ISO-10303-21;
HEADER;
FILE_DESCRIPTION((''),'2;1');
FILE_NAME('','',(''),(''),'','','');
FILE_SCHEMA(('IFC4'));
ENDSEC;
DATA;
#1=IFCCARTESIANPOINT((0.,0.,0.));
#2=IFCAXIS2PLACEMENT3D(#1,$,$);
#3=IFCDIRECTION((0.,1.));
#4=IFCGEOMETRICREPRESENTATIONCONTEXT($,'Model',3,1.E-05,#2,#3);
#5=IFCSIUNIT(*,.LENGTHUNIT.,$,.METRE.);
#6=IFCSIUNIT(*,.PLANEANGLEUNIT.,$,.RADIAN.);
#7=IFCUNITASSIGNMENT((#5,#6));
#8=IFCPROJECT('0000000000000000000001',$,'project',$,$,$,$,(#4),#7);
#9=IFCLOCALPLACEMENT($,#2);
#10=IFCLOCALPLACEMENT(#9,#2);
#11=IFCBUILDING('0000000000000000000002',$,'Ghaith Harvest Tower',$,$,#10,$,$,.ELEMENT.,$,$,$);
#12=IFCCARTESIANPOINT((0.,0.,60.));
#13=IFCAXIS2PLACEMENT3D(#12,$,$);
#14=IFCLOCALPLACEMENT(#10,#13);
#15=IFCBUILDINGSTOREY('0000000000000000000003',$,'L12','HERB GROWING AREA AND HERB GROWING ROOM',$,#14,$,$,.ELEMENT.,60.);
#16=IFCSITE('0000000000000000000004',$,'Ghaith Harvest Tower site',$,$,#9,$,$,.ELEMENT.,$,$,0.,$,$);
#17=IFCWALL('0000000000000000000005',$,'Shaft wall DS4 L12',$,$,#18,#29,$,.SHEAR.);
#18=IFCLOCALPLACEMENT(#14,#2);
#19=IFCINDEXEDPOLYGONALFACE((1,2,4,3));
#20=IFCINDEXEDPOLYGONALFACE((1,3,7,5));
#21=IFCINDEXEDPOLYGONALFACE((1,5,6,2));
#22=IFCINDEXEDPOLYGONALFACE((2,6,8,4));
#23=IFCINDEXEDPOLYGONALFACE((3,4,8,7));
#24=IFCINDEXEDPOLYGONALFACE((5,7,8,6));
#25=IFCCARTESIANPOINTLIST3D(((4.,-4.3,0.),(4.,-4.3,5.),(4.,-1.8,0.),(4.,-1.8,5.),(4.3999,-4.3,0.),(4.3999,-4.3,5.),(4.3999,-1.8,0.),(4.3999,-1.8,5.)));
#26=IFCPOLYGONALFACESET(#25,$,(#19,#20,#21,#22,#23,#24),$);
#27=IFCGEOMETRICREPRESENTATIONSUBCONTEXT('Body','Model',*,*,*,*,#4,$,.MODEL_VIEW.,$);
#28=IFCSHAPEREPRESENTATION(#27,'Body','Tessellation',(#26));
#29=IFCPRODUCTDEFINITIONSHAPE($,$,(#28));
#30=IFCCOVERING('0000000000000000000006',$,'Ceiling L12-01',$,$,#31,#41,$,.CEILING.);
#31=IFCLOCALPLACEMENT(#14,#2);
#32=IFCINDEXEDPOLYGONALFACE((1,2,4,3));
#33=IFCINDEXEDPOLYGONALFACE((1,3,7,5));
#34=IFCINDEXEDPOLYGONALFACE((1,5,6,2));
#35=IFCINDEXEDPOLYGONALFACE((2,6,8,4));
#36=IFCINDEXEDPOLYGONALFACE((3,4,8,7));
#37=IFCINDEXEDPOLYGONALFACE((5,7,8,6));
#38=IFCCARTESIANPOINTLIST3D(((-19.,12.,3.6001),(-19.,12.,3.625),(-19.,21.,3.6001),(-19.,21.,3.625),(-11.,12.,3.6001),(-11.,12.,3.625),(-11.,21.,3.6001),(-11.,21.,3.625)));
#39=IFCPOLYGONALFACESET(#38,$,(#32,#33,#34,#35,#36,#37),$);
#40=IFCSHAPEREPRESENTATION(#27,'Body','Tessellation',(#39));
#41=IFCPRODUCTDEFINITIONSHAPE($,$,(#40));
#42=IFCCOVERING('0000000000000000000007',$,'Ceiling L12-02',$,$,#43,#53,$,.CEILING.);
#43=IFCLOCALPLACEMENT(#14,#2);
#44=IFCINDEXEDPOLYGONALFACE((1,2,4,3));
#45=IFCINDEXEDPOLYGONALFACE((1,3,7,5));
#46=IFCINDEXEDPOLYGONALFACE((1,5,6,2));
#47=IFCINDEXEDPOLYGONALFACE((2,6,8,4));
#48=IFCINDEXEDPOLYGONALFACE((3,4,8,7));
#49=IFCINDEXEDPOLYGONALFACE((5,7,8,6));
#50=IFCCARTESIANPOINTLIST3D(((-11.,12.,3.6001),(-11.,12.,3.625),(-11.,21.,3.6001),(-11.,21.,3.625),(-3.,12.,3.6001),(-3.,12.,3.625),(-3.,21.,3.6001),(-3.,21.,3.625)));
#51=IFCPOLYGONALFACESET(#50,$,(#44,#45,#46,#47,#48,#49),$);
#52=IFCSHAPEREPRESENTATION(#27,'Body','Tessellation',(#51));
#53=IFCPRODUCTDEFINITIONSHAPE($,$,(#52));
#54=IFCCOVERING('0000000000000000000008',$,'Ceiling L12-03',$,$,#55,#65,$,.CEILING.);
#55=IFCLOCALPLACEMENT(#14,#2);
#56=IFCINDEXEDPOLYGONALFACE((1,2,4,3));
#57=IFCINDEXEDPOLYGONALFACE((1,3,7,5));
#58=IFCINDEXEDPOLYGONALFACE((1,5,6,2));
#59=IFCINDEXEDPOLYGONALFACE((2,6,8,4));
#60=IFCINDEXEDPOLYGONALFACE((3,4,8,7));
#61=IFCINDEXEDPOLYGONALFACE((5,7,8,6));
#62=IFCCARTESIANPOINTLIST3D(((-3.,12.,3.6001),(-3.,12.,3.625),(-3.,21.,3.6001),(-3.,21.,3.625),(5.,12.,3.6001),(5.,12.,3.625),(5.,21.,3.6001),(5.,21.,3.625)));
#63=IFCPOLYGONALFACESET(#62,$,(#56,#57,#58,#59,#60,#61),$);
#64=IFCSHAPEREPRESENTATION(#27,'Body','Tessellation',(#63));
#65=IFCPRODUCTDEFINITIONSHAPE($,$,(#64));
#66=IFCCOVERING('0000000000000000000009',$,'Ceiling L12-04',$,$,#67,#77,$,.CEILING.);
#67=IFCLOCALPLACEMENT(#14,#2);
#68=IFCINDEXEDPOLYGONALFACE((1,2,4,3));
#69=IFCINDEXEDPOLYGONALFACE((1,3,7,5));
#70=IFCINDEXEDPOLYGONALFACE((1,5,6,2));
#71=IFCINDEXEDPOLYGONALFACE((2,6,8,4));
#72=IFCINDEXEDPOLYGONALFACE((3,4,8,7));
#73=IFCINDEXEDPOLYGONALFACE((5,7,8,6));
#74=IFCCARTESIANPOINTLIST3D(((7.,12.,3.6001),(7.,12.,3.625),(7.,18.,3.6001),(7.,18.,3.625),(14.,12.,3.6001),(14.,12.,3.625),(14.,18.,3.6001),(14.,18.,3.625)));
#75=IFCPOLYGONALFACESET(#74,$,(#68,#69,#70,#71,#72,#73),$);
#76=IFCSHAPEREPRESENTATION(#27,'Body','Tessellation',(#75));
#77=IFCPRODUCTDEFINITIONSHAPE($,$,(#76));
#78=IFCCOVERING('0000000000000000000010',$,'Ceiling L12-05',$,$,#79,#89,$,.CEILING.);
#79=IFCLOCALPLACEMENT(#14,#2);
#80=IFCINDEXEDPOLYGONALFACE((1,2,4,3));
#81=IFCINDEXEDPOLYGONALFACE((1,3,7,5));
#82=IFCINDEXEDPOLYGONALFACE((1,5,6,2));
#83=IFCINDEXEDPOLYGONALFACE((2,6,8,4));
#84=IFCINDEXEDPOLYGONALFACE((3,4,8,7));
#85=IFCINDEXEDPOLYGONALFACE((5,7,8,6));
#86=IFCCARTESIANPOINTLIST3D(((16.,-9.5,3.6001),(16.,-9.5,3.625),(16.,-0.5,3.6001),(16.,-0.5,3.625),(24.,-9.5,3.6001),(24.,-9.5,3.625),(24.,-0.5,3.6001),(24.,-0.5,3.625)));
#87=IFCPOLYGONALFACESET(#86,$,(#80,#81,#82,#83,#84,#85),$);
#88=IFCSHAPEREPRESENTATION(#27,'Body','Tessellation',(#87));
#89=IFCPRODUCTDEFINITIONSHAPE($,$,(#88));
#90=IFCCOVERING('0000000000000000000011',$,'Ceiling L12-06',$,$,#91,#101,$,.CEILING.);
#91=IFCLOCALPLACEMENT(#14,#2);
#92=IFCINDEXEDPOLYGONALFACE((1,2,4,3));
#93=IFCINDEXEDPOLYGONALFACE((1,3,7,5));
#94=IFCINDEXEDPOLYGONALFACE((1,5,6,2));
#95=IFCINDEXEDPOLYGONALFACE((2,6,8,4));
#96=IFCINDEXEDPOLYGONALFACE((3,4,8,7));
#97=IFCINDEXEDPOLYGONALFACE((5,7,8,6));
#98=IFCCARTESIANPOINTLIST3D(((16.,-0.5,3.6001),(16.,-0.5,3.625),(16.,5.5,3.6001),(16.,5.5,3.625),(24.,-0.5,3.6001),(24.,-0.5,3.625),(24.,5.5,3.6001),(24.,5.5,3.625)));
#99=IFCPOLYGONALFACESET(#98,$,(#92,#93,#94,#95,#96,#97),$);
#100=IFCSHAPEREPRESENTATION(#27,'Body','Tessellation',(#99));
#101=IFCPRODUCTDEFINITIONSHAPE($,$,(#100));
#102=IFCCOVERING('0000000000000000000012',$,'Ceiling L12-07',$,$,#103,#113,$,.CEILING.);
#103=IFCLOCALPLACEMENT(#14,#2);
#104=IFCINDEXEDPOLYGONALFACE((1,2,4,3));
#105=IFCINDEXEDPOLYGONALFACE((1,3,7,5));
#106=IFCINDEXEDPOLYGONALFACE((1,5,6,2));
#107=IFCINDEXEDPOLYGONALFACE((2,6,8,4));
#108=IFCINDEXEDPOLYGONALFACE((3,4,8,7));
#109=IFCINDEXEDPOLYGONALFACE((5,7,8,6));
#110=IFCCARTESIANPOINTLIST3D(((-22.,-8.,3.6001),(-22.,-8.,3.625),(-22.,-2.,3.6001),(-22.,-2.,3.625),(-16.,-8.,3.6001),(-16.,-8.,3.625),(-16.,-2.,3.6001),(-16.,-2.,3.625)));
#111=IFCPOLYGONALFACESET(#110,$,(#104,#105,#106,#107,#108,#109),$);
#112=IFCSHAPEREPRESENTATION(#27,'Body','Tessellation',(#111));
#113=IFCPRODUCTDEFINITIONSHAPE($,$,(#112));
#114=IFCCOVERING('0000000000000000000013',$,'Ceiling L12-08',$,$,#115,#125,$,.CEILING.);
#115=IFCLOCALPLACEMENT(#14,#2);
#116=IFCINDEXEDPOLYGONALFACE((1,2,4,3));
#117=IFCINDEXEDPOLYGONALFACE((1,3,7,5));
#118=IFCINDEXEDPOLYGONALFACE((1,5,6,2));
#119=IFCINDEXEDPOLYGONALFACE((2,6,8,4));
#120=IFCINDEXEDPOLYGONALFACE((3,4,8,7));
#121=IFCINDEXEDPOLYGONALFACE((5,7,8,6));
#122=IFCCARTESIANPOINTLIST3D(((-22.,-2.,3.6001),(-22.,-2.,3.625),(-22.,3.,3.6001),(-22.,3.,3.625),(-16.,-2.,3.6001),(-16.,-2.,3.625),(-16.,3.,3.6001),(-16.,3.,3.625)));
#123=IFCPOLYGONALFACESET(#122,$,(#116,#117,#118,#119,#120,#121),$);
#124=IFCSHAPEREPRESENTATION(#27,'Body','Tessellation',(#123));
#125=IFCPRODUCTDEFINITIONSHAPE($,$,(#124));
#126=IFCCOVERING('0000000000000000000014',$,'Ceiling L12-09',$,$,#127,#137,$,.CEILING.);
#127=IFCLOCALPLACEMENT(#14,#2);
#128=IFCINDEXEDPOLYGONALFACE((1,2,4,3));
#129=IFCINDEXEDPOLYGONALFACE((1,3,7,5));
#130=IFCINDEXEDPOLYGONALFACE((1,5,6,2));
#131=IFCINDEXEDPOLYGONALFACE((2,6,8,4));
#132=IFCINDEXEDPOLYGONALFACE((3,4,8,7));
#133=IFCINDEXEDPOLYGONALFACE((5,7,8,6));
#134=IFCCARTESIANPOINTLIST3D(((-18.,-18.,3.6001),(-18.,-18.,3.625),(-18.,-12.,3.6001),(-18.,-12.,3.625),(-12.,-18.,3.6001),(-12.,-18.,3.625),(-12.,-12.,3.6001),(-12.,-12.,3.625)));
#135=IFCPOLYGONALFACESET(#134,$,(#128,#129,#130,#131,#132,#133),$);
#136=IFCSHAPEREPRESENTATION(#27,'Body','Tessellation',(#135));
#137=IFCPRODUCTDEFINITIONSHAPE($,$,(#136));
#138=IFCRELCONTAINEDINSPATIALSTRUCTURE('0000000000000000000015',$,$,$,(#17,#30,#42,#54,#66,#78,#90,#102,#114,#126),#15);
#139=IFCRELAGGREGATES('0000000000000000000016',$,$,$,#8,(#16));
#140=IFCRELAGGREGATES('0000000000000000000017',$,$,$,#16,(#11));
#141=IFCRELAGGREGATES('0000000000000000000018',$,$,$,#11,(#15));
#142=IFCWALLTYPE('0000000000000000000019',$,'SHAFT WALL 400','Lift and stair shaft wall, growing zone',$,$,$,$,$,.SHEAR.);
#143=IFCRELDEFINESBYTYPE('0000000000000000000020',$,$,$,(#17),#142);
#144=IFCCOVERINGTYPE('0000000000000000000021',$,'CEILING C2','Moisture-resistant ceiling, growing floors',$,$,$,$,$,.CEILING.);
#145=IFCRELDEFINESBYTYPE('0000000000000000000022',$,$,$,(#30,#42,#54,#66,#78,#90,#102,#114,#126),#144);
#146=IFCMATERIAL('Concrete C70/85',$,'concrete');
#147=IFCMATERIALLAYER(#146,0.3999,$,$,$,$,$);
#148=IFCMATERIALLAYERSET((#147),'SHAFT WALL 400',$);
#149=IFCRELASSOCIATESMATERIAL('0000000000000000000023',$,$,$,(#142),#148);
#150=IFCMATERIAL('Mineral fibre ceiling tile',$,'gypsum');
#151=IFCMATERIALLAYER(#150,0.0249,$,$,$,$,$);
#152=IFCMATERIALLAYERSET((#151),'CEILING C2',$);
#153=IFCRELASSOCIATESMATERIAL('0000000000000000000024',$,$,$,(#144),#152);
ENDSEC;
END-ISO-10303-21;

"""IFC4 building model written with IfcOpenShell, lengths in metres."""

from ifc_helpers import new_model, si_unit, direction, frame, frame_2d, origin, place, context, subcontext, project, spatial, polyline, rectangle, outline, extrude, material, layer, layer_set, type_object, element, save


model = new_model("IFC4")

# Units and contexts
model_context = context("Model", 3, precision=1e-05, world=origin(), true_north=direction((0.0, 1.0)))
body_context = subcontext(model_context, "Body", "Model", "MODEL_VIEW")
ifc_project = project(units=[si_unit("LENGTHUNIT", "METRE"), si_unit("PLANEANGLEUNIT", "RADIAN")], contexts=[model_context])

# Site, building, storey
site_placement = place(None, origin())
site = spatial("IfcSite", under=ifc_project, at=site_placement, Name="Ghaith Harvest Tower site", CompositionType="ELEMENT", RefElevation=0.0)
building_placement = place(site_placement, origin())
building = spatial("IfcBuilding", under=site, at=building_placement, Name="Ghaith Harvest Tower", CompositionType="ELEMENT")
storey_placement = place(building_placement, frame((0.0, 0.0, 60.0)))
storey = spatial("IfcBuildingStorey", under=building, at=storey_placement, Name="L12", Description="HERB GROWING AREA AND HERB GROWING ROOM", CompositionType="ELEMENT", Elevation=60.0)

# Shared definitions
ifc_material_1 = material(Name="Concrete C70/85", Category="concrete")
ifc_layer_1 = layer(ifc_material_1, 0.3999)
ifc_layer_set_1 = layer_set([ifc_layer_1], Name="SHAFT WALL 400")
wall_type_1 = type_object("IfcWallType", Name="SHAFT WALL 400", Description="Lift and stair shaft wall, growing zone", PredefinedType="SHEAR", material=ifc_layer_set_1)

# Wall
for number, where, z_axis, x_axis, name in (
    (1, (4.2, -4.3, 0.0), (0.0, 0.0, 1.0), (0.0, 1.0, 0.0), "Shaft wall DS4 L12"),
):
    element("IfcWall", number, at=place(storey_placement, frame(where, z_axis=z_axis, x_axis=x_axis)), inside=storey, type_object=wall_type_1, Name=name, PredefinedType="SHEAR", context=body_context, shape_type="SweptSolid", body=[
        extrude(rectangle(XDim=2.5, YDim=0.3999, at=frame_2d((1.25, 0.0))), origin(), (0.0, 0.0, 1.0), 5.0),
    ])

# Coverings
ifc_material_2 = material(Name="Mineral fibre ceiling tile", Category="gypsum")
ifc_layer_2 = layer(ifc_material_2, 0.0249)
ifc_layer_set_2 = layer_set([ifc_layer_2], Name="CEILING C2")
covering_type = type_object("IfcCoveringType", Name="CEILING C2", Description="Moisture-resistant ceiling, growing floors", PredefinedType="CEILING", material=ifc_layer_set_2)
covering_1_placement = place(storey_placement, frame((0.0, 0.0, 3.6001)))
element("IfcCovering", 2, at=covering_1_placement, inside=storey, type_object=covering_type, Name="Ceiling L12-01", PredefinedType="CEILING", context=body_context, shape_type="SweptSolid", body=[
    extrude(outline(polyline([(-19.0, 12.0), (-11.0, 12.0), (-11.0, 21.0), (-19.0, 21.0), (-19.0, 12.0)])), origin(), (0.0, 0.0, 1.0), 0.0249),
])
covering_2_placement = place(storey_placement, frame((0.0, 0.0, 3.6001)))
element("IfcCovering", 3, at=covering_2_placement, inside=storey, type_object=covering_type, Name="Ceiling L12-02", PredefinedType="CEILING", context=body_context, shape_type="SweptSolid", body=[
    extrude(outline(polyline([(-11.0, 12.0), (-3.0, 12.0), (-3.0, 21.0), (-11.0, 21.0), (-11.0, 12.0)])), origin(), (0.0, 0.0, 1.0), 0.0249),
])
covering_3_placement = place(storey_placement, frame((0.0, 0.0, 3.6001)))
element("IfcCovering", 4, at=covering_3_placement, inside=storey, type_object=covering_type, Name="Ceiling L12-03", PredefinedType="CEILING", context=body_context, shape_type="SweptSolid", body=[
    extrude(outline(polyline([(-3.0, 12.0), (5.0, 12.0), (5.0, 21.0), (-3.0, 21.0), (-3.0, 12.0)])), origin(), (0.0, 0.0, 1.0), 0.0249),
])
covering_4_placement = place(storey_placement, frame((0.0, 0.0, 3.6001)))
element("IfcCovering", 5, at=covering_4_placement, inside=storey, type_object=covering_type, Name="Ceiling L12-04", PredefinedType="CEILING", context=body_context, shape_type="SweptSolid", body=[
    extrude(outline(polyline([(7.0, 12.0), (14.0, 12.0), (14.0, 18.0), (7.0, 18.0), (7.0, 12.0)])), origin(), (0.0, 0.0, 1.0), 0.0249),
])
covering_5_placement = place(storey_placement, frame((0.0, 0.0, 3.6001)))
element("IfcCovering", 6, at=covering_5_placement, inside=storey, type_object=covering_type, Name="Ceiling L12-05", PredefinedType="CEILING", context=body_context, shape_type="SweptSolid", body=[
    extrude(outline(polyline([(16.0, -9.5), (24.0, -9.5), (24.0, -0.5), (16.0, -0.5), (16.0, -9.5)])), origin(), (0.0, 0.0, 1.0), 0.0249),
])
covering_6_placement = place(storey_placement, frame((0.0, 0.0, 3.6001)))
element("IfcCovering", 7, at=covering_6_placement, inside=storey, type_object=covering_type, Name="Ceiling L12-06", PredefinedType="CEILING", context=body_context, shape_type="SweptSolid", body=[
    extrude(outline(polyline([(16.0, -0.5), (24.0, -0.5), (24.0, 5.5), (16.0, 5.5), (16.0, -0.5)])), origin(), (0.0, 0.0, 1.0), 0.0249),
])
covering_7_placement = place(storey_placement, frame((0.0, 0.0, 3.6001)))
element("IfcCovering", 8, at=covering_7_placement, inside=storey, type_object=covering_type, Name="Ceiling L12-07", PredefinedType="CEILING", context=body_context, shape_type="SweptSolid", body=[
    extrude(outline(polyline([(-22.0, -8.0), (-16.0, -8.0), (-16.0, -2.0), (-22.0, -2.0), (-22.0, -8.0)])), origin(), (0.0, 0.0, 1.0), 0.0249),
])
covering_8_placement = place(storey_placement, frame((0.0, 0.0, 3.6001)))
element("IfcCovering", 9, at=covering_8_placement, inside=storey, type_object=covering_type, Name="Ceiling L12-08", PredefinedType="CEILING", context=body_context, shape_type="SweptSolid", body=[
    extrude(outline(polyline([(-22.0, -2.0), (-16.0, -2.0), (-16.0, 3.0), (-22.0, 3.0), (-22.0, -2.0)])), origin(), (0.0, 0.0, 1.0), 0.0249),
])
covering_9_placement = place(storey_placement, frame((0.0, 0.0, 3.6001)))
element("IfcCovering", 10, at=covering_9_placement, inside=storey, type_object=covering_type, Name="Ceiling L12-09", PredefinedType="CEILING", context=body_context, shape_type="SweptSolid", body=[
    extrude(outline(polyline([(-18.0, -18.0), (-12.0, -18.0), (-12.0, -12.0), (-18.0, -12.0), (-18.0, -18.0)])), origin(), (0.0, 0.0, 1.0), 0.0249),
])

save(model, "model.ifc")
